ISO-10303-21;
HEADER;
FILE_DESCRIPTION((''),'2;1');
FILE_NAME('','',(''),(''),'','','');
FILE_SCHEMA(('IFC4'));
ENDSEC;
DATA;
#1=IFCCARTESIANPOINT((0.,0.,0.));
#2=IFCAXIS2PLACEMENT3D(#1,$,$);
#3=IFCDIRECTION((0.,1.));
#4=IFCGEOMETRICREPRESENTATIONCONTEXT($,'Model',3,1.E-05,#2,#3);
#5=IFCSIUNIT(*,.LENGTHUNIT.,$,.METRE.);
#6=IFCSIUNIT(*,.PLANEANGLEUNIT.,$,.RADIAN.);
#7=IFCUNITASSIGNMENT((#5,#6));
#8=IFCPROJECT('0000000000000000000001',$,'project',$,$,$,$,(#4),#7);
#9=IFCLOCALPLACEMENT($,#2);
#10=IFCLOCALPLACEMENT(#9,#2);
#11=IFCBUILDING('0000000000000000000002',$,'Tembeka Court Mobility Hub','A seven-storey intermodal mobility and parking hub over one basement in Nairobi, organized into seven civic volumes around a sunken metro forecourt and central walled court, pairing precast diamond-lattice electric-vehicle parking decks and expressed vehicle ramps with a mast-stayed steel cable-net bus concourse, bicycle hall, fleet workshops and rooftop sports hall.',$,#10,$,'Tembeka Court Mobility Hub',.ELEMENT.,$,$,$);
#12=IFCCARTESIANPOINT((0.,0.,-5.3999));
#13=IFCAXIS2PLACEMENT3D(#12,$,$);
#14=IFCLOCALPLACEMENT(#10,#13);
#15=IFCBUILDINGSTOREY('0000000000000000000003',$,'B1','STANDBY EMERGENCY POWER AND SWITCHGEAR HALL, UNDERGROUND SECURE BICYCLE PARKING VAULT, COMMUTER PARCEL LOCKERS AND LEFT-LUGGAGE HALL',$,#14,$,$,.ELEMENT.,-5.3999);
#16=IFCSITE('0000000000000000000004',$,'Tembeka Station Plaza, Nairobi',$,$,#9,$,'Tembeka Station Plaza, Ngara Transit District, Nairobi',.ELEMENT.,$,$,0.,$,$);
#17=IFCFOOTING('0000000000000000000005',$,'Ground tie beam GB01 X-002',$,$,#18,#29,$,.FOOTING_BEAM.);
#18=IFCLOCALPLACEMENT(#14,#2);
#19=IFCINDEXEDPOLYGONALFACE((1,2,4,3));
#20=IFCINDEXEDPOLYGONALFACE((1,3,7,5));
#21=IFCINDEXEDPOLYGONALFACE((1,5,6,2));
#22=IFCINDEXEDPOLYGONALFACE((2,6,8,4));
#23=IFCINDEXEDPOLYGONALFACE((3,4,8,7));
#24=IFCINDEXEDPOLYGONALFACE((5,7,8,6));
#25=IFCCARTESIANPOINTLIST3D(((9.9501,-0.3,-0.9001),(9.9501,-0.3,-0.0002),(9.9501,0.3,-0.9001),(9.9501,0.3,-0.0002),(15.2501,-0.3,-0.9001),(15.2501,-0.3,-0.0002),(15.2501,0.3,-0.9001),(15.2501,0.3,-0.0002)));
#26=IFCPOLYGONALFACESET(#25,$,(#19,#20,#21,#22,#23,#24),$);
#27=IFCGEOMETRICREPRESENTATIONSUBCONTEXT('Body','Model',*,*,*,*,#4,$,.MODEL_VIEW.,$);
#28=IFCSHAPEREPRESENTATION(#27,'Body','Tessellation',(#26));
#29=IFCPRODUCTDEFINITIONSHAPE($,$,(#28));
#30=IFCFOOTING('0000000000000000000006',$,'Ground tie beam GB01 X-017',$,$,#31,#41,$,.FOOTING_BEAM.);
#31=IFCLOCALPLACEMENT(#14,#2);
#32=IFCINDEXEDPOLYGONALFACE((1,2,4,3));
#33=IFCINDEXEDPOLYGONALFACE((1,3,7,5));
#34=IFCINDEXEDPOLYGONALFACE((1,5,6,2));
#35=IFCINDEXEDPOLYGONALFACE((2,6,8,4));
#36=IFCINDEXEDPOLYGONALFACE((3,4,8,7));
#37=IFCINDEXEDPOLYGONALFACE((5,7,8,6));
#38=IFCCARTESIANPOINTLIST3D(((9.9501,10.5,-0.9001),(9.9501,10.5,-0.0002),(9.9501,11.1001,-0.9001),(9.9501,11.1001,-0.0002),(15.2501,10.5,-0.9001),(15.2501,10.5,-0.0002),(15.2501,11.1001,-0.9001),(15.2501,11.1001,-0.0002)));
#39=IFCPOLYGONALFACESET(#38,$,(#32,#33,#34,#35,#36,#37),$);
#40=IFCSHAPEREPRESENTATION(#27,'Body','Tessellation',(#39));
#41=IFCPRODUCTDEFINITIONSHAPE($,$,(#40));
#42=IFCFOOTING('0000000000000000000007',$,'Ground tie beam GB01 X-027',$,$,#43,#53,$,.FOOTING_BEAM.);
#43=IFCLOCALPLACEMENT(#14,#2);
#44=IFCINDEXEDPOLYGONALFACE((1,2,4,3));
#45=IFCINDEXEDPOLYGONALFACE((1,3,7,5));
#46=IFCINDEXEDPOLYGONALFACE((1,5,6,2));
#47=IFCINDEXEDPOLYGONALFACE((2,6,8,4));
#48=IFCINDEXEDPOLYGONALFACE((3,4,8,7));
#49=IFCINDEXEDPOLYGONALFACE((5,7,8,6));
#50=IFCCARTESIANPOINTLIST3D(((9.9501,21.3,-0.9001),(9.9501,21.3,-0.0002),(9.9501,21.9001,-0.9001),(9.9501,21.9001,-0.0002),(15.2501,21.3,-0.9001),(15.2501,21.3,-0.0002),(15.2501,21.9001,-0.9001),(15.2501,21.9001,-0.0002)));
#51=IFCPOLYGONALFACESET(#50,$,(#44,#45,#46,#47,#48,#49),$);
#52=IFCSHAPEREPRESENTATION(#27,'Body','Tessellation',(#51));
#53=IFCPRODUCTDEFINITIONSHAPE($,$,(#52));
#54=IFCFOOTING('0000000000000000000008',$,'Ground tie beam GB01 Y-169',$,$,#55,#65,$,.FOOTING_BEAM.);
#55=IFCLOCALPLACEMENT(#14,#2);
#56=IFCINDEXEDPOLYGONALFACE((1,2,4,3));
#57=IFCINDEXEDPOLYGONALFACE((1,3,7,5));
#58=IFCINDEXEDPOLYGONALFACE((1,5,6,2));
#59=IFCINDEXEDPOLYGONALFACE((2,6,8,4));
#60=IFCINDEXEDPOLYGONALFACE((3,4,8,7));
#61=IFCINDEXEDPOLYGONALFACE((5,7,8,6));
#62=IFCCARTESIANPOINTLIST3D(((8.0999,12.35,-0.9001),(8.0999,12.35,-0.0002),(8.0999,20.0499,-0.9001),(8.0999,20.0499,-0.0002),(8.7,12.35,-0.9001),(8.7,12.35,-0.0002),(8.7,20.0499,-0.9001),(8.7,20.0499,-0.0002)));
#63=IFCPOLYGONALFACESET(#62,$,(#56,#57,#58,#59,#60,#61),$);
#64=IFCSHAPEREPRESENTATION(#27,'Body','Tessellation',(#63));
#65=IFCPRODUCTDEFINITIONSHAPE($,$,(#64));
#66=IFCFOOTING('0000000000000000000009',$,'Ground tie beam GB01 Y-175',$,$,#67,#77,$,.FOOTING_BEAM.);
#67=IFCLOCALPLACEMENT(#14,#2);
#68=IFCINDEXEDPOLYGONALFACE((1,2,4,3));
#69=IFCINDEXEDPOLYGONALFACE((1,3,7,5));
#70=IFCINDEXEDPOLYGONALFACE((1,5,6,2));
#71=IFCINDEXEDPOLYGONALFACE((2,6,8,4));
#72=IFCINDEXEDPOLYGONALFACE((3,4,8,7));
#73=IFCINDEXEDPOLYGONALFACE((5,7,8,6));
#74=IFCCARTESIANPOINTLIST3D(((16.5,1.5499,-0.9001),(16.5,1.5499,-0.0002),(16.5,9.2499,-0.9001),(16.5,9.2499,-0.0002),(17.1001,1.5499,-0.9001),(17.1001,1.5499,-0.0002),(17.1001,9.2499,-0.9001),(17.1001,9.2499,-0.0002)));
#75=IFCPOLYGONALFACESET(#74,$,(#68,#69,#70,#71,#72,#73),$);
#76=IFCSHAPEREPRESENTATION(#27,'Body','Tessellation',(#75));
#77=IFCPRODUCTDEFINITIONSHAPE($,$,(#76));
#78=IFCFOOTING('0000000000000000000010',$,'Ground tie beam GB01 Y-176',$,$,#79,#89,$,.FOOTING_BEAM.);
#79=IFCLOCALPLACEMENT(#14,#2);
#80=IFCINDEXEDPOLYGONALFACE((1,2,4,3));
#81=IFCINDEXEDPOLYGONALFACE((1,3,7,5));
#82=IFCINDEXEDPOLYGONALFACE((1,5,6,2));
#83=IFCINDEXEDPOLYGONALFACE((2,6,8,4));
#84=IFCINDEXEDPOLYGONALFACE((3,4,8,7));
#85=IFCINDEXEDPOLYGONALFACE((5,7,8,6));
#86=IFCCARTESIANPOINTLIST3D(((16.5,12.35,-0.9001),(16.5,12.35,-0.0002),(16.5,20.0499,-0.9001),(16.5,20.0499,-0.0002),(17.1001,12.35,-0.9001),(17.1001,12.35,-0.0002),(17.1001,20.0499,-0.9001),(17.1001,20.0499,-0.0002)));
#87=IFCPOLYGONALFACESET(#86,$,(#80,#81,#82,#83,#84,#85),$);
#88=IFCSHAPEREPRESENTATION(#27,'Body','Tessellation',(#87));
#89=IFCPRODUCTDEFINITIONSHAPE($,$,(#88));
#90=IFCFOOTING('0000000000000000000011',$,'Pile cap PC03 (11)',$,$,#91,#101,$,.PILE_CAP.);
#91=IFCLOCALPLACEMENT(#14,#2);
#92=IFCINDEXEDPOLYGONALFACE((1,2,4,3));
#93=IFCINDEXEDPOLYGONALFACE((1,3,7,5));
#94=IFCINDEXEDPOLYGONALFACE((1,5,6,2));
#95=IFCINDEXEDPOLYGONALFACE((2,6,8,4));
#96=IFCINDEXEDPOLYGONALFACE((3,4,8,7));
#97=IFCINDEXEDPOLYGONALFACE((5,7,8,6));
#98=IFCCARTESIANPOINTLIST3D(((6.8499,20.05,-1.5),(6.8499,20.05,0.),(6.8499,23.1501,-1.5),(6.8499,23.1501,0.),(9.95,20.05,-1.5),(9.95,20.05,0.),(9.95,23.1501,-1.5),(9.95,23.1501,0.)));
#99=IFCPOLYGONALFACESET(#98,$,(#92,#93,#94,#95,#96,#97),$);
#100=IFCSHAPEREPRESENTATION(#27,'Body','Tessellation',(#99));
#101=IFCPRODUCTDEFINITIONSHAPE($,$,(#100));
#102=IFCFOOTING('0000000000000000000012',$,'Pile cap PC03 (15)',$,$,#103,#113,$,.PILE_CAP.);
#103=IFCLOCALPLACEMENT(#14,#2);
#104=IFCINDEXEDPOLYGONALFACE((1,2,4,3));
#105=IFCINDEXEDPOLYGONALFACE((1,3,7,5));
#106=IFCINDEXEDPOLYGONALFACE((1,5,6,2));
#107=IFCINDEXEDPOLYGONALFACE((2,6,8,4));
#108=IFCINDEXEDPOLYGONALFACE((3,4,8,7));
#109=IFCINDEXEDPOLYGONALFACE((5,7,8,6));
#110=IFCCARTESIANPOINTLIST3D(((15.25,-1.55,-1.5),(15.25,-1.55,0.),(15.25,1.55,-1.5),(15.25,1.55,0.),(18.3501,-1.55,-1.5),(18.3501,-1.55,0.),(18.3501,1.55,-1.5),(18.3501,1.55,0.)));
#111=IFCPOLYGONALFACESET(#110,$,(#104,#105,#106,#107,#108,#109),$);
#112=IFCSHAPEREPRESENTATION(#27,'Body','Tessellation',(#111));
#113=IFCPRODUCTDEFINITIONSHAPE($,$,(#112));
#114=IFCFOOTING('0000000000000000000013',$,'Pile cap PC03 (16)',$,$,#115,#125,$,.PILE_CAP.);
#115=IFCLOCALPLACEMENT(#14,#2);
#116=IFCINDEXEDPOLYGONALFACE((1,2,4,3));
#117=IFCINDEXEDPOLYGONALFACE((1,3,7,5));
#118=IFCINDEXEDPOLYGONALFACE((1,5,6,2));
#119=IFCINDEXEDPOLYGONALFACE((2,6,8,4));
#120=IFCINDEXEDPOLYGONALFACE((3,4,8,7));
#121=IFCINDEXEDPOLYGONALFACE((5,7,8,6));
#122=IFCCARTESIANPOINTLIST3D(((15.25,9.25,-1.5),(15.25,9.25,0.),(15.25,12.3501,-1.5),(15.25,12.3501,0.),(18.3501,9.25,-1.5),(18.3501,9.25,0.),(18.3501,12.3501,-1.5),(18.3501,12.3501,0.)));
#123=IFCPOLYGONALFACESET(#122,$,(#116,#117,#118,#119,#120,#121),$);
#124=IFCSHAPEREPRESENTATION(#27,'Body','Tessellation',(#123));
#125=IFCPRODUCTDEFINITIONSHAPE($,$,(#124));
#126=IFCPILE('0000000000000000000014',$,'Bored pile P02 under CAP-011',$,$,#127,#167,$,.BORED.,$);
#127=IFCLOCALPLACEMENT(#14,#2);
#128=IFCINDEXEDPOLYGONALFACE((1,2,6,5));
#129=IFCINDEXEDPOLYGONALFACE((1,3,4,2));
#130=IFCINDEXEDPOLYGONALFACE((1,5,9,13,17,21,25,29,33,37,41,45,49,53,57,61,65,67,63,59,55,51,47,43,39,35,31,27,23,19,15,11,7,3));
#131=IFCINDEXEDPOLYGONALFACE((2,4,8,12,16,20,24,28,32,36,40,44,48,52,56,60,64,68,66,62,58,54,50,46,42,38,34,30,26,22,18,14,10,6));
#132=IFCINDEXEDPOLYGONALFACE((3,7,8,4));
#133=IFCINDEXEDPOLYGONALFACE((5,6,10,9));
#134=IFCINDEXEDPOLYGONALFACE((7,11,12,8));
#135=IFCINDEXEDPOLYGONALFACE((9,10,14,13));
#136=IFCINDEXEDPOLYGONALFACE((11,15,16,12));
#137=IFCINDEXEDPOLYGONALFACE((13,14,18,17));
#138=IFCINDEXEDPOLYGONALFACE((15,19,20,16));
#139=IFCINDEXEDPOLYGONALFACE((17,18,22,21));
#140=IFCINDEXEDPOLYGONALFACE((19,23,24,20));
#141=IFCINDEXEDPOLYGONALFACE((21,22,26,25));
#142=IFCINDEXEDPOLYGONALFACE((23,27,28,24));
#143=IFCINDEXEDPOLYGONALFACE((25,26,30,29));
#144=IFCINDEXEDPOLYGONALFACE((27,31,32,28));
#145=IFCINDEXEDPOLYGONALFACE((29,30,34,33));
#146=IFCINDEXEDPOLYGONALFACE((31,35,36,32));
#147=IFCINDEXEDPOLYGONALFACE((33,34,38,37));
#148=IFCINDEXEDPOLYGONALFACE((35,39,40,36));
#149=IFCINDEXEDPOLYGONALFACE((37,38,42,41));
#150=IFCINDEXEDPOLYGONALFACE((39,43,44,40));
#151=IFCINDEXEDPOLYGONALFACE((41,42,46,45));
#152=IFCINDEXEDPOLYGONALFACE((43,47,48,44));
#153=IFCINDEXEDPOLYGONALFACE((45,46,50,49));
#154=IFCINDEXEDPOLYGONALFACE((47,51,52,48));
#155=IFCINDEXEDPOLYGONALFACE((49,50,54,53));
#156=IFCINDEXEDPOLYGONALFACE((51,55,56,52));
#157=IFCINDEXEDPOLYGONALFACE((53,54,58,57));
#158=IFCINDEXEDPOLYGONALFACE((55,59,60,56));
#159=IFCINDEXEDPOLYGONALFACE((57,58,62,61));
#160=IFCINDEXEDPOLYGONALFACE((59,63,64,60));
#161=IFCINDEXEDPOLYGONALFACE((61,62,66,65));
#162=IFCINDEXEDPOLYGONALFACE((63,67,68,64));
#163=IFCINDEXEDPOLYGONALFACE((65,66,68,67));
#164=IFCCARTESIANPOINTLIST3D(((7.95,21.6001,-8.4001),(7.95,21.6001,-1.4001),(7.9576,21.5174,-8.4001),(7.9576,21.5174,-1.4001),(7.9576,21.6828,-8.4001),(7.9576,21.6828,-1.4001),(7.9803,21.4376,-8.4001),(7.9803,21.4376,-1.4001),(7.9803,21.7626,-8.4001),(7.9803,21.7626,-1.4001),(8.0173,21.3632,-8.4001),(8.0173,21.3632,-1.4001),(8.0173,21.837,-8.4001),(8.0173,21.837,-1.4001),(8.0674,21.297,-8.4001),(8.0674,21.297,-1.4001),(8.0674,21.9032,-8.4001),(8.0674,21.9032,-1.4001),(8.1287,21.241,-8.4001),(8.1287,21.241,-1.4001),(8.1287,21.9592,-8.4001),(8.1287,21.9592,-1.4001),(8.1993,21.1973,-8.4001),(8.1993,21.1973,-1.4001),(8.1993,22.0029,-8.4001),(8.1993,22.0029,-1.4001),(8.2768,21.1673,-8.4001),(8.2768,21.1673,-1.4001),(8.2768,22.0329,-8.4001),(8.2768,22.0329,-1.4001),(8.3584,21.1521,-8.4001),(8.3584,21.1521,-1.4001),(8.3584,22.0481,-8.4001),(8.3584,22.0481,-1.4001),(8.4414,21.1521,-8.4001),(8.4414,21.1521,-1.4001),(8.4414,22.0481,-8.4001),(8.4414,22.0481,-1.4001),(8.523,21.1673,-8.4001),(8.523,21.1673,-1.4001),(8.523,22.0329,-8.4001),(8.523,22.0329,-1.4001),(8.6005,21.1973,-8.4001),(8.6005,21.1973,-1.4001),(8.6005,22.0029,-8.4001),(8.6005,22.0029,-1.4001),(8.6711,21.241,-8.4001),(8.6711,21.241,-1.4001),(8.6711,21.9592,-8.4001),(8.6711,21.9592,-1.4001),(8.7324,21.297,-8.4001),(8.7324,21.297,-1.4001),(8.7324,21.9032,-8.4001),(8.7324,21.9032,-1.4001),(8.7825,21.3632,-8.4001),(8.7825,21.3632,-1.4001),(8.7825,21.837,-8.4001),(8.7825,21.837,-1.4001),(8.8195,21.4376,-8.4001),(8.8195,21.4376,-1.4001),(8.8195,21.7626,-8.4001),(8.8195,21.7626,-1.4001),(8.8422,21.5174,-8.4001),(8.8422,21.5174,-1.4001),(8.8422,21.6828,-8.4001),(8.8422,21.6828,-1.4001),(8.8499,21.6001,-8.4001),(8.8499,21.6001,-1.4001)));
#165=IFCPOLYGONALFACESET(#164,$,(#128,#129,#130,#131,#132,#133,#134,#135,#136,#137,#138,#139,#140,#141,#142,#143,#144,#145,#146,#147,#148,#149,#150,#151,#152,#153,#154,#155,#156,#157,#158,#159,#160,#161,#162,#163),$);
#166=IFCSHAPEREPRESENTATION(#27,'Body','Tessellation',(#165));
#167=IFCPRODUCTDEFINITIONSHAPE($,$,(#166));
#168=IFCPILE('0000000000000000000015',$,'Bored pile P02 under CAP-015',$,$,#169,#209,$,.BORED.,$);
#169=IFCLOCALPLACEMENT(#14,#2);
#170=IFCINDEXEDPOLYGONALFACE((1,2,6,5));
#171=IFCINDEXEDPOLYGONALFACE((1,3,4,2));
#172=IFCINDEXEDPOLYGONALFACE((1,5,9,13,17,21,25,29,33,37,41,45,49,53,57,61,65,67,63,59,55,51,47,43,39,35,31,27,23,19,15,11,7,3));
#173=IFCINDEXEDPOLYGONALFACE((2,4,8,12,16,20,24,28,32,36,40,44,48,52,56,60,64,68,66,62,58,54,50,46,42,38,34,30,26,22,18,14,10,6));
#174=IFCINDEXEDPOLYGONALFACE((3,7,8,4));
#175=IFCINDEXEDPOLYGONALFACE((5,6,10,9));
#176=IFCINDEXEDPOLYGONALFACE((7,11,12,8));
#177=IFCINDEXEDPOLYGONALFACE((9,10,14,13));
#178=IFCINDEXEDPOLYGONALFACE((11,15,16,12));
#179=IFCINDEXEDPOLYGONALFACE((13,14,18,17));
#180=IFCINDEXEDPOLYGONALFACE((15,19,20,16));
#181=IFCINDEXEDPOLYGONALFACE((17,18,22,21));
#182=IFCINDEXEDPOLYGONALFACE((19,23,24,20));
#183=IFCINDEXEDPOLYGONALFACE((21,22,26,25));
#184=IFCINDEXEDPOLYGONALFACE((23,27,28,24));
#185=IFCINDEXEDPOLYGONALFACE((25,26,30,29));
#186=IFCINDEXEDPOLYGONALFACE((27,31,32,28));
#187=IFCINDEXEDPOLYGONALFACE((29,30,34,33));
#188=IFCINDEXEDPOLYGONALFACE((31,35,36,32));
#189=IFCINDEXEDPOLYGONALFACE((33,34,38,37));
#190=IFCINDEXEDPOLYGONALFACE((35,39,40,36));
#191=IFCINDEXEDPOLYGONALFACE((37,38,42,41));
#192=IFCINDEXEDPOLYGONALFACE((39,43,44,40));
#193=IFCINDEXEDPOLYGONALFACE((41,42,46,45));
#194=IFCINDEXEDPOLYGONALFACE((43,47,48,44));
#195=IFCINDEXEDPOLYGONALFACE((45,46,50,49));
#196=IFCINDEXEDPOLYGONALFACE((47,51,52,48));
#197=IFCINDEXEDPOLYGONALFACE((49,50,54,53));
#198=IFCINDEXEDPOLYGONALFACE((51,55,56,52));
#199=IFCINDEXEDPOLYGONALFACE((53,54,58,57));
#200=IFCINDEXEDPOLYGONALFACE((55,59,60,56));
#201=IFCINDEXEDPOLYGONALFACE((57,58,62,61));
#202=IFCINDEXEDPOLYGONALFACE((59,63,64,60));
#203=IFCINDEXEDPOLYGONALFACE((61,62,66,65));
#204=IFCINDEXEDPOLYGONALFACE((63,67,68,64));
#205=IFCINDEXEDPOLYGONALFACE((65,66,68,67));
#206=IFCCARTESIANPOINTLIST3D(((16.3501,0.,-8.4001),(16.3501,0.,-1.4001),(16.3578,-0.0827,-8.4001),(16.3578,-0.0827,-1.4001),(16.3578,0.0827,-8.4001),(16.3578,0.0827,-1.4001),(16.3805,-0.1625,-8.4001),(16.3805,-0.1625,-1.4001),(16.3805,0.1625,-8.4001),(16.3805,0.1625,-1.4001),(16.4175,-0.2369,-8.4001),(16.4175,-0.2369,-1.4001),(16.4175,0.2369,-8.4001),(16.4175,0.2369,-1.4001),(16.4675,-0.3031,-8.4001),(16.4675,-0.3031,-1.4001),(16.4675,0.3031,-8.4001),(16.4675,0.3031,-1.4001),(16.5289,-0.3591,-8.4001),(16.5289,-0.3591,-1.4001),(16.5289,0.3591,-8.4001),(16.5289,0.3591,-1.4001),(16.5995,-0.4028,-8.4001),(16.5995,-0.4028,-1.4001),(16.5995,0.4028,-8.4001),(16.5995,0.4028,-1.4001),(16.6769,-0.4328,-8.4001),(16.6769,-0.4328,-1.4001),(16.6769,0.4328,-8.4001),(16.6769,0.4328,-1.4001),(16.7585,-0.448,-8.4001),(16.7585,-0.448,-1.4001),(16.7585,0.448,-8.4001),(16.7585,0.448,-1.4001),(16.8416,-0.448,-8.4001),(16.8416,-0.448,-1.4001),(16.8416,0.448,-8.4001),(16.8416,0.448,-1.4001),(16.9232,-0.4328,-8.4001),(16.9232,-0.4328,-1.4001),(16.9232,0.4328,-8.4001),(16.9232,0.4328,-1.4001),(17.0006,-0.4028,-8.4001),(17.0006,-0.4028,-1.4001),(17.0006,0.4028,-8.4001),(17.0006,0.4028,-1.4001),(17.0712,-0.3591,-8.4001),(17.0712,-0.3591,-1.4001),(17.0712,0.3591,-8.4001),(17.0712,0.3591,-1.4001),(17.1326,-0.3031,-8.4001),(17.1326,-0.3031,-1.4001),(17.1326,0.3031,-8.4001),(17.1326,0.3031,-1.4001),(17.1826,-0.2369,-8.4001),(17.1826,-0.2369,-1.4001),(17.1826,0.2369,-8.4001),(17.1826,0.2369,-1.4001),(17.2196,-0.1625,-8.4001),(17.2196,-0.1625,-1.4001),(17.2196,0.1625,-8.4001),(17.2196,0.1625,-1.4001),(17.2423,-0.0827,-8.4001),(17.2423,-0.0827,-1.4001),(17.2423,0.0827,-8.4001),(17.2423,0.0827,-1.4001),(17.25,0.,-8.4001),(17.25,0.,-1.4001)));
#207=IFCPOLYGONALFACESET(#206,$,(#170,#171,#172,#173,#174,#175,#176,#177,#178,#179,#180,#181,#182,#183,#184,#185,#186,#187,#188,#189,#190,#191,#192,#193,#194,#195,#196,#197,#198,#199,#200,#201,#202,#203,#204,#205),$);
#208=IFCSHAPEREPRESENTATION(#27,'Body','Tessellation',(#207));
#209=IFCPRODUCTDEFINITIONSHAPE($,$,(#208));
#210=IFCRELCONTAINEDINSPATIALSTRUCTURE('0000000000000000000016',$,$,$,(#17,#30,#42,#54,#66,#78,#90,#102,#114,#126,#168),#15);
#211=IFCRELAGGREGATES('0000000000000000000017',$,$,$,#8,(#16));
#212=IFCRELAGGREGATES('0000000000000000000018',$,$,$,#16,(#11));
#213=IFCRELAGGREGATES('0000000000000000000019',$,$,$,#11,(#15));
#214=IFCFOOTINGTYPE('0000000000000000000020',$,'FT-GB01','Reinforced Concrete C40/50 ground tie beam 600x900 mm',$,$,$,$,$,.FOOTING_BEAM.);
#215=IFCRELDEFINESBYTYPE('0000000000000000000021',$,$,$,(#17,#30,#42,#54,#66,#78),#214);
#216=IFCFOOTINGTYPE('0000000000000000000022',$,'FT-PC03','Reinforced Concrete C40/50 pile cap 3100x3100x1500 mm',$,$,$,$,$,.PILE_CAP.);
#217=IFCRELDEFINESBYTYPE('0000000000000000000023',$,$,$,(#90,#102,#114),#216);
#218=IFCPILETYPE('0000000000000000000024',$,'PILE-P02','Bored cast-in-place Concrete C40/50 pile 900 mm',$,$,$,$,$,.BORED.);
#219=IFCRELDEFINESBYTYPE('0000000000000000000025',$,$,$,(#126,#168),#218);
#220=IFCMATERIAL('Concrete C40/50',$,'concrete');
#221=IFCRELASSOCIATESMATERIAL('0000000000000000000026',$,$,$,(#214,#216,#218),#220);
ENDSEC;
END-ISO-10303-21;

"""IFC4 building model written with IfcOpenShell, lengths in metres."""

from ifc_helpers import new_model, si_unit, direction, frame, origin, origin_2d, place, context, subcontext, project, spatial, rectangle, circle, extrude, material, material_profile, profile_set, type_object, element, save


model = new_model("IFC4")

# Units and contexts
model_context = context("Model", 3, precision=1e-05, world=origin(), true_north=direction((0.0, 1.0)))
body_context = subcontext(model_context, "Body", "Model", "MODEL_VIEW")
ifc_project = project(units=[si_unit("LENGTHUNIT", "METRE"), si_unit("PLANEANGLEUNIT", "RADIAN")], contexts=[model_context])

# Site, building, storey
site_placement = place(None, origin())
site = spatial("IfcSite", under=ifc_project, at=site_placement, Name="Tembeka Station Plaza, Nairobi", LongName="Tembeka Station Plaza, Ngara Transit District, Nairobi", CompositionType="ELEMENT", RefElevation=0.0)
building_placement = place(site_placement, origin())
building = spatial("IfcBuilding", under=site, at=building_placement, Name="Tembeka Court Mobility Hub", Description="A seven-storey intermodal mobility and parking hub over one basement in Nairobi, organized into seven civic volumes around a sunken metro forecourt and central walled court, pairing precast diamond-lattice electric-vehicle parking decks and expressed vehicle ramps with a mast-stayed steel cable-net bus concourse, bicycle hall, fleet workshops and rooftop sports hall.", LongName="Tembeka Court Mobility Hub", CompositionType="ELEMENT")
storey_placement = place(building_placement, frame((0.0, 0.0, -5.3999)))
storey = spatial("IfcBuildingStorey", under=building, at=storey_placement, Name="B1", Description="STANDBY EMERGENCY POWER AND SWITCHGEAR HALL, UNDERGROUND SECURE BICYCLE PARKING VAULT, COMMUTER PARCEL LOCKERS AND LEFT-LUGGAGE HALL", CompositionType="ELEMENT", Elevation=-5.3999)

# Footings
ifc_material_1 = material(Name="Concrete C40/50", Category="concrete")
footing_type_1 = type_object("IfcFootingType", Name="FT-GB01", Description="Reinforced Concrete C40/50 ground tie beam 600x900 mm", PredefinedType="FOOTING_BEAM", material=ifc_material_1)
for number, where, z_axis, x_axis, name in (
    (1, (12.6001, 0.0, -0.9001), (0.0, 0.0, 1.0), (1.0, 0.0, 0.0), "Ground tie beam GB01 X-002"),
    (2, (12.6001, 10.8, -0.9001), (0.0, 0.0, 1.0), (1.0, 0.0, 0.0), "Ground tie beam GB01 X-017"),
    (3, (12.6001, 21.6001, -0.9001), (0.0, 0.0, 1.0), (1.0, 0.0, 0.0), "Ground tie beam GB01 X-027"),
):
    element("IfcFooting", number, at=place(storey_placement, frame(where, z_axis=z_axis, x_axis=x_axis)), inside=storey, type_object=footing_type_1, Name=name, PredefinedType="FOOTING_BEAM", context=body_context, shape_type="SweptSolid", body=[
        extrude(rectangle(XDim=5.3, YDim=0.6001, at=origin_2d()), origin(), (0.0, 0.0, 1.0), 0.8999),
    ])
for number, where, z_axis, x_axis, name in (
    (4, (8.3999, 16.2, -0.9001), (0.0, 0.0, 1.0), (0.0, 1.0, 0.0), "Ground tie beam GB01 Y-169"),
    (5, (16.8, 5.3999, -0.9001), (0.0, 0.0, 1.0), (0.0, 1.0, 0.0), "Ground tie beam GB01 Y-175"),
    (6, (16.8, 16.2, -0.9001), (0.0, 0.0, 1.0), (0.0, 1.0, 0.0), "Ground tie beam GB01 Y-176"),
):
    element("IfcFooting", number, at=place(storey_placement, frame(where, z_axis=z_axis, x_axis=x_axis)), inside=storey, type_object=footing_type_1, Name=name, PredefinedType="FOOTING_BEAM", context=body_context, shape_type="SweptSolid", body=[
        extrude(rectangle(XDim=7.7, YDim=0.6001, at=origin_2d()), origin(), (0.0, 0.0, 1.0), 0.8999),
    ])
footing_type_2 = type_object("IfcFootingType", Name="FT-PC03", Description="Reinforced Concrete C40/50 pile cap 3100x3100x1500 mm", PredefinedType="PILE_CAP", material=ifc_material_1)
for number, where, z_axis, x_axis, name in (
    (7, (8.3999, 21.6001, -1.5), (0.0, 0.0, 1.0), (1.0, 0.0, 0.0), "Pile cap PC03 (11)"),
    (8, (16.8, 0.0, -1.5), (0.0, 0.0, 1.0), (1.0, 0.0, 0.0), "Pile cap PC03 (15)"),
    (9, (16.8, 10.8, -1.5), (0.0, 0.0, 1.0), (1.0, 0.0, 0.0), "Pile cap PC03 (16)"),
):
    element("IfcFooting", number, at=place(storey_placement, frame(where, z_axis=z_axis, x_axis=x_axis)), inside=storey, type_object=footing_type_2, Name=name, PredefinedType="PILE_CAP", context=body_context, shape_type="SweptSolid", body=[
        extrude(rectangle(XDim=3.1001, YDim=3.1001, at=origin_2d()), origin(), (0.0, 0.0, 1.0), 1.5),
    ])

# Piles
ifc_material_profile_1 = material_profile(ifc_material_1, circle(Radius=0.45, at=origin_2d()), Name="PILE D900")
ifc_profile_set_1 = profile_set([ifc_material_profile_1], Name="Concrete C40/50")
pile_type = type_object("IfcPileType", Name="PILE-P02", Description="Bored cast-in-place Concrete C40/50 pile 900 mm", PredefinedType="BORED", material=ifc_profile_set_1)
for number, where, z_axis, x_axis, name in (
    (10, (8.3999, 21.6001, -1.4001), (0.0, 0.0, -1.0), (1.0, 0.0, 0.0), "Bored pile P02 under CAP-011"),
    (11, (16.8, 0.0, -1.4001), (0.0, 0.0, -1.0), (1.0, 0.0, 0.0), "Bored pile P02 under CAP-015"),
):
    element("IfcPile", number, at=place(storey_placement, frame(where, z_axis=z_axis, x_axis=x_axis)), inside=storey, type_object=pile_type, Name=name, PredefinedType="BORED", context=body_context, shape_type="SweptSolid", body=[
        extrude(circle(Radius=0.45, at=origin_2d()), origin(), (0.0, 0.0, 1.0), 7.0),
    ])

save(model, "model.ifc")
